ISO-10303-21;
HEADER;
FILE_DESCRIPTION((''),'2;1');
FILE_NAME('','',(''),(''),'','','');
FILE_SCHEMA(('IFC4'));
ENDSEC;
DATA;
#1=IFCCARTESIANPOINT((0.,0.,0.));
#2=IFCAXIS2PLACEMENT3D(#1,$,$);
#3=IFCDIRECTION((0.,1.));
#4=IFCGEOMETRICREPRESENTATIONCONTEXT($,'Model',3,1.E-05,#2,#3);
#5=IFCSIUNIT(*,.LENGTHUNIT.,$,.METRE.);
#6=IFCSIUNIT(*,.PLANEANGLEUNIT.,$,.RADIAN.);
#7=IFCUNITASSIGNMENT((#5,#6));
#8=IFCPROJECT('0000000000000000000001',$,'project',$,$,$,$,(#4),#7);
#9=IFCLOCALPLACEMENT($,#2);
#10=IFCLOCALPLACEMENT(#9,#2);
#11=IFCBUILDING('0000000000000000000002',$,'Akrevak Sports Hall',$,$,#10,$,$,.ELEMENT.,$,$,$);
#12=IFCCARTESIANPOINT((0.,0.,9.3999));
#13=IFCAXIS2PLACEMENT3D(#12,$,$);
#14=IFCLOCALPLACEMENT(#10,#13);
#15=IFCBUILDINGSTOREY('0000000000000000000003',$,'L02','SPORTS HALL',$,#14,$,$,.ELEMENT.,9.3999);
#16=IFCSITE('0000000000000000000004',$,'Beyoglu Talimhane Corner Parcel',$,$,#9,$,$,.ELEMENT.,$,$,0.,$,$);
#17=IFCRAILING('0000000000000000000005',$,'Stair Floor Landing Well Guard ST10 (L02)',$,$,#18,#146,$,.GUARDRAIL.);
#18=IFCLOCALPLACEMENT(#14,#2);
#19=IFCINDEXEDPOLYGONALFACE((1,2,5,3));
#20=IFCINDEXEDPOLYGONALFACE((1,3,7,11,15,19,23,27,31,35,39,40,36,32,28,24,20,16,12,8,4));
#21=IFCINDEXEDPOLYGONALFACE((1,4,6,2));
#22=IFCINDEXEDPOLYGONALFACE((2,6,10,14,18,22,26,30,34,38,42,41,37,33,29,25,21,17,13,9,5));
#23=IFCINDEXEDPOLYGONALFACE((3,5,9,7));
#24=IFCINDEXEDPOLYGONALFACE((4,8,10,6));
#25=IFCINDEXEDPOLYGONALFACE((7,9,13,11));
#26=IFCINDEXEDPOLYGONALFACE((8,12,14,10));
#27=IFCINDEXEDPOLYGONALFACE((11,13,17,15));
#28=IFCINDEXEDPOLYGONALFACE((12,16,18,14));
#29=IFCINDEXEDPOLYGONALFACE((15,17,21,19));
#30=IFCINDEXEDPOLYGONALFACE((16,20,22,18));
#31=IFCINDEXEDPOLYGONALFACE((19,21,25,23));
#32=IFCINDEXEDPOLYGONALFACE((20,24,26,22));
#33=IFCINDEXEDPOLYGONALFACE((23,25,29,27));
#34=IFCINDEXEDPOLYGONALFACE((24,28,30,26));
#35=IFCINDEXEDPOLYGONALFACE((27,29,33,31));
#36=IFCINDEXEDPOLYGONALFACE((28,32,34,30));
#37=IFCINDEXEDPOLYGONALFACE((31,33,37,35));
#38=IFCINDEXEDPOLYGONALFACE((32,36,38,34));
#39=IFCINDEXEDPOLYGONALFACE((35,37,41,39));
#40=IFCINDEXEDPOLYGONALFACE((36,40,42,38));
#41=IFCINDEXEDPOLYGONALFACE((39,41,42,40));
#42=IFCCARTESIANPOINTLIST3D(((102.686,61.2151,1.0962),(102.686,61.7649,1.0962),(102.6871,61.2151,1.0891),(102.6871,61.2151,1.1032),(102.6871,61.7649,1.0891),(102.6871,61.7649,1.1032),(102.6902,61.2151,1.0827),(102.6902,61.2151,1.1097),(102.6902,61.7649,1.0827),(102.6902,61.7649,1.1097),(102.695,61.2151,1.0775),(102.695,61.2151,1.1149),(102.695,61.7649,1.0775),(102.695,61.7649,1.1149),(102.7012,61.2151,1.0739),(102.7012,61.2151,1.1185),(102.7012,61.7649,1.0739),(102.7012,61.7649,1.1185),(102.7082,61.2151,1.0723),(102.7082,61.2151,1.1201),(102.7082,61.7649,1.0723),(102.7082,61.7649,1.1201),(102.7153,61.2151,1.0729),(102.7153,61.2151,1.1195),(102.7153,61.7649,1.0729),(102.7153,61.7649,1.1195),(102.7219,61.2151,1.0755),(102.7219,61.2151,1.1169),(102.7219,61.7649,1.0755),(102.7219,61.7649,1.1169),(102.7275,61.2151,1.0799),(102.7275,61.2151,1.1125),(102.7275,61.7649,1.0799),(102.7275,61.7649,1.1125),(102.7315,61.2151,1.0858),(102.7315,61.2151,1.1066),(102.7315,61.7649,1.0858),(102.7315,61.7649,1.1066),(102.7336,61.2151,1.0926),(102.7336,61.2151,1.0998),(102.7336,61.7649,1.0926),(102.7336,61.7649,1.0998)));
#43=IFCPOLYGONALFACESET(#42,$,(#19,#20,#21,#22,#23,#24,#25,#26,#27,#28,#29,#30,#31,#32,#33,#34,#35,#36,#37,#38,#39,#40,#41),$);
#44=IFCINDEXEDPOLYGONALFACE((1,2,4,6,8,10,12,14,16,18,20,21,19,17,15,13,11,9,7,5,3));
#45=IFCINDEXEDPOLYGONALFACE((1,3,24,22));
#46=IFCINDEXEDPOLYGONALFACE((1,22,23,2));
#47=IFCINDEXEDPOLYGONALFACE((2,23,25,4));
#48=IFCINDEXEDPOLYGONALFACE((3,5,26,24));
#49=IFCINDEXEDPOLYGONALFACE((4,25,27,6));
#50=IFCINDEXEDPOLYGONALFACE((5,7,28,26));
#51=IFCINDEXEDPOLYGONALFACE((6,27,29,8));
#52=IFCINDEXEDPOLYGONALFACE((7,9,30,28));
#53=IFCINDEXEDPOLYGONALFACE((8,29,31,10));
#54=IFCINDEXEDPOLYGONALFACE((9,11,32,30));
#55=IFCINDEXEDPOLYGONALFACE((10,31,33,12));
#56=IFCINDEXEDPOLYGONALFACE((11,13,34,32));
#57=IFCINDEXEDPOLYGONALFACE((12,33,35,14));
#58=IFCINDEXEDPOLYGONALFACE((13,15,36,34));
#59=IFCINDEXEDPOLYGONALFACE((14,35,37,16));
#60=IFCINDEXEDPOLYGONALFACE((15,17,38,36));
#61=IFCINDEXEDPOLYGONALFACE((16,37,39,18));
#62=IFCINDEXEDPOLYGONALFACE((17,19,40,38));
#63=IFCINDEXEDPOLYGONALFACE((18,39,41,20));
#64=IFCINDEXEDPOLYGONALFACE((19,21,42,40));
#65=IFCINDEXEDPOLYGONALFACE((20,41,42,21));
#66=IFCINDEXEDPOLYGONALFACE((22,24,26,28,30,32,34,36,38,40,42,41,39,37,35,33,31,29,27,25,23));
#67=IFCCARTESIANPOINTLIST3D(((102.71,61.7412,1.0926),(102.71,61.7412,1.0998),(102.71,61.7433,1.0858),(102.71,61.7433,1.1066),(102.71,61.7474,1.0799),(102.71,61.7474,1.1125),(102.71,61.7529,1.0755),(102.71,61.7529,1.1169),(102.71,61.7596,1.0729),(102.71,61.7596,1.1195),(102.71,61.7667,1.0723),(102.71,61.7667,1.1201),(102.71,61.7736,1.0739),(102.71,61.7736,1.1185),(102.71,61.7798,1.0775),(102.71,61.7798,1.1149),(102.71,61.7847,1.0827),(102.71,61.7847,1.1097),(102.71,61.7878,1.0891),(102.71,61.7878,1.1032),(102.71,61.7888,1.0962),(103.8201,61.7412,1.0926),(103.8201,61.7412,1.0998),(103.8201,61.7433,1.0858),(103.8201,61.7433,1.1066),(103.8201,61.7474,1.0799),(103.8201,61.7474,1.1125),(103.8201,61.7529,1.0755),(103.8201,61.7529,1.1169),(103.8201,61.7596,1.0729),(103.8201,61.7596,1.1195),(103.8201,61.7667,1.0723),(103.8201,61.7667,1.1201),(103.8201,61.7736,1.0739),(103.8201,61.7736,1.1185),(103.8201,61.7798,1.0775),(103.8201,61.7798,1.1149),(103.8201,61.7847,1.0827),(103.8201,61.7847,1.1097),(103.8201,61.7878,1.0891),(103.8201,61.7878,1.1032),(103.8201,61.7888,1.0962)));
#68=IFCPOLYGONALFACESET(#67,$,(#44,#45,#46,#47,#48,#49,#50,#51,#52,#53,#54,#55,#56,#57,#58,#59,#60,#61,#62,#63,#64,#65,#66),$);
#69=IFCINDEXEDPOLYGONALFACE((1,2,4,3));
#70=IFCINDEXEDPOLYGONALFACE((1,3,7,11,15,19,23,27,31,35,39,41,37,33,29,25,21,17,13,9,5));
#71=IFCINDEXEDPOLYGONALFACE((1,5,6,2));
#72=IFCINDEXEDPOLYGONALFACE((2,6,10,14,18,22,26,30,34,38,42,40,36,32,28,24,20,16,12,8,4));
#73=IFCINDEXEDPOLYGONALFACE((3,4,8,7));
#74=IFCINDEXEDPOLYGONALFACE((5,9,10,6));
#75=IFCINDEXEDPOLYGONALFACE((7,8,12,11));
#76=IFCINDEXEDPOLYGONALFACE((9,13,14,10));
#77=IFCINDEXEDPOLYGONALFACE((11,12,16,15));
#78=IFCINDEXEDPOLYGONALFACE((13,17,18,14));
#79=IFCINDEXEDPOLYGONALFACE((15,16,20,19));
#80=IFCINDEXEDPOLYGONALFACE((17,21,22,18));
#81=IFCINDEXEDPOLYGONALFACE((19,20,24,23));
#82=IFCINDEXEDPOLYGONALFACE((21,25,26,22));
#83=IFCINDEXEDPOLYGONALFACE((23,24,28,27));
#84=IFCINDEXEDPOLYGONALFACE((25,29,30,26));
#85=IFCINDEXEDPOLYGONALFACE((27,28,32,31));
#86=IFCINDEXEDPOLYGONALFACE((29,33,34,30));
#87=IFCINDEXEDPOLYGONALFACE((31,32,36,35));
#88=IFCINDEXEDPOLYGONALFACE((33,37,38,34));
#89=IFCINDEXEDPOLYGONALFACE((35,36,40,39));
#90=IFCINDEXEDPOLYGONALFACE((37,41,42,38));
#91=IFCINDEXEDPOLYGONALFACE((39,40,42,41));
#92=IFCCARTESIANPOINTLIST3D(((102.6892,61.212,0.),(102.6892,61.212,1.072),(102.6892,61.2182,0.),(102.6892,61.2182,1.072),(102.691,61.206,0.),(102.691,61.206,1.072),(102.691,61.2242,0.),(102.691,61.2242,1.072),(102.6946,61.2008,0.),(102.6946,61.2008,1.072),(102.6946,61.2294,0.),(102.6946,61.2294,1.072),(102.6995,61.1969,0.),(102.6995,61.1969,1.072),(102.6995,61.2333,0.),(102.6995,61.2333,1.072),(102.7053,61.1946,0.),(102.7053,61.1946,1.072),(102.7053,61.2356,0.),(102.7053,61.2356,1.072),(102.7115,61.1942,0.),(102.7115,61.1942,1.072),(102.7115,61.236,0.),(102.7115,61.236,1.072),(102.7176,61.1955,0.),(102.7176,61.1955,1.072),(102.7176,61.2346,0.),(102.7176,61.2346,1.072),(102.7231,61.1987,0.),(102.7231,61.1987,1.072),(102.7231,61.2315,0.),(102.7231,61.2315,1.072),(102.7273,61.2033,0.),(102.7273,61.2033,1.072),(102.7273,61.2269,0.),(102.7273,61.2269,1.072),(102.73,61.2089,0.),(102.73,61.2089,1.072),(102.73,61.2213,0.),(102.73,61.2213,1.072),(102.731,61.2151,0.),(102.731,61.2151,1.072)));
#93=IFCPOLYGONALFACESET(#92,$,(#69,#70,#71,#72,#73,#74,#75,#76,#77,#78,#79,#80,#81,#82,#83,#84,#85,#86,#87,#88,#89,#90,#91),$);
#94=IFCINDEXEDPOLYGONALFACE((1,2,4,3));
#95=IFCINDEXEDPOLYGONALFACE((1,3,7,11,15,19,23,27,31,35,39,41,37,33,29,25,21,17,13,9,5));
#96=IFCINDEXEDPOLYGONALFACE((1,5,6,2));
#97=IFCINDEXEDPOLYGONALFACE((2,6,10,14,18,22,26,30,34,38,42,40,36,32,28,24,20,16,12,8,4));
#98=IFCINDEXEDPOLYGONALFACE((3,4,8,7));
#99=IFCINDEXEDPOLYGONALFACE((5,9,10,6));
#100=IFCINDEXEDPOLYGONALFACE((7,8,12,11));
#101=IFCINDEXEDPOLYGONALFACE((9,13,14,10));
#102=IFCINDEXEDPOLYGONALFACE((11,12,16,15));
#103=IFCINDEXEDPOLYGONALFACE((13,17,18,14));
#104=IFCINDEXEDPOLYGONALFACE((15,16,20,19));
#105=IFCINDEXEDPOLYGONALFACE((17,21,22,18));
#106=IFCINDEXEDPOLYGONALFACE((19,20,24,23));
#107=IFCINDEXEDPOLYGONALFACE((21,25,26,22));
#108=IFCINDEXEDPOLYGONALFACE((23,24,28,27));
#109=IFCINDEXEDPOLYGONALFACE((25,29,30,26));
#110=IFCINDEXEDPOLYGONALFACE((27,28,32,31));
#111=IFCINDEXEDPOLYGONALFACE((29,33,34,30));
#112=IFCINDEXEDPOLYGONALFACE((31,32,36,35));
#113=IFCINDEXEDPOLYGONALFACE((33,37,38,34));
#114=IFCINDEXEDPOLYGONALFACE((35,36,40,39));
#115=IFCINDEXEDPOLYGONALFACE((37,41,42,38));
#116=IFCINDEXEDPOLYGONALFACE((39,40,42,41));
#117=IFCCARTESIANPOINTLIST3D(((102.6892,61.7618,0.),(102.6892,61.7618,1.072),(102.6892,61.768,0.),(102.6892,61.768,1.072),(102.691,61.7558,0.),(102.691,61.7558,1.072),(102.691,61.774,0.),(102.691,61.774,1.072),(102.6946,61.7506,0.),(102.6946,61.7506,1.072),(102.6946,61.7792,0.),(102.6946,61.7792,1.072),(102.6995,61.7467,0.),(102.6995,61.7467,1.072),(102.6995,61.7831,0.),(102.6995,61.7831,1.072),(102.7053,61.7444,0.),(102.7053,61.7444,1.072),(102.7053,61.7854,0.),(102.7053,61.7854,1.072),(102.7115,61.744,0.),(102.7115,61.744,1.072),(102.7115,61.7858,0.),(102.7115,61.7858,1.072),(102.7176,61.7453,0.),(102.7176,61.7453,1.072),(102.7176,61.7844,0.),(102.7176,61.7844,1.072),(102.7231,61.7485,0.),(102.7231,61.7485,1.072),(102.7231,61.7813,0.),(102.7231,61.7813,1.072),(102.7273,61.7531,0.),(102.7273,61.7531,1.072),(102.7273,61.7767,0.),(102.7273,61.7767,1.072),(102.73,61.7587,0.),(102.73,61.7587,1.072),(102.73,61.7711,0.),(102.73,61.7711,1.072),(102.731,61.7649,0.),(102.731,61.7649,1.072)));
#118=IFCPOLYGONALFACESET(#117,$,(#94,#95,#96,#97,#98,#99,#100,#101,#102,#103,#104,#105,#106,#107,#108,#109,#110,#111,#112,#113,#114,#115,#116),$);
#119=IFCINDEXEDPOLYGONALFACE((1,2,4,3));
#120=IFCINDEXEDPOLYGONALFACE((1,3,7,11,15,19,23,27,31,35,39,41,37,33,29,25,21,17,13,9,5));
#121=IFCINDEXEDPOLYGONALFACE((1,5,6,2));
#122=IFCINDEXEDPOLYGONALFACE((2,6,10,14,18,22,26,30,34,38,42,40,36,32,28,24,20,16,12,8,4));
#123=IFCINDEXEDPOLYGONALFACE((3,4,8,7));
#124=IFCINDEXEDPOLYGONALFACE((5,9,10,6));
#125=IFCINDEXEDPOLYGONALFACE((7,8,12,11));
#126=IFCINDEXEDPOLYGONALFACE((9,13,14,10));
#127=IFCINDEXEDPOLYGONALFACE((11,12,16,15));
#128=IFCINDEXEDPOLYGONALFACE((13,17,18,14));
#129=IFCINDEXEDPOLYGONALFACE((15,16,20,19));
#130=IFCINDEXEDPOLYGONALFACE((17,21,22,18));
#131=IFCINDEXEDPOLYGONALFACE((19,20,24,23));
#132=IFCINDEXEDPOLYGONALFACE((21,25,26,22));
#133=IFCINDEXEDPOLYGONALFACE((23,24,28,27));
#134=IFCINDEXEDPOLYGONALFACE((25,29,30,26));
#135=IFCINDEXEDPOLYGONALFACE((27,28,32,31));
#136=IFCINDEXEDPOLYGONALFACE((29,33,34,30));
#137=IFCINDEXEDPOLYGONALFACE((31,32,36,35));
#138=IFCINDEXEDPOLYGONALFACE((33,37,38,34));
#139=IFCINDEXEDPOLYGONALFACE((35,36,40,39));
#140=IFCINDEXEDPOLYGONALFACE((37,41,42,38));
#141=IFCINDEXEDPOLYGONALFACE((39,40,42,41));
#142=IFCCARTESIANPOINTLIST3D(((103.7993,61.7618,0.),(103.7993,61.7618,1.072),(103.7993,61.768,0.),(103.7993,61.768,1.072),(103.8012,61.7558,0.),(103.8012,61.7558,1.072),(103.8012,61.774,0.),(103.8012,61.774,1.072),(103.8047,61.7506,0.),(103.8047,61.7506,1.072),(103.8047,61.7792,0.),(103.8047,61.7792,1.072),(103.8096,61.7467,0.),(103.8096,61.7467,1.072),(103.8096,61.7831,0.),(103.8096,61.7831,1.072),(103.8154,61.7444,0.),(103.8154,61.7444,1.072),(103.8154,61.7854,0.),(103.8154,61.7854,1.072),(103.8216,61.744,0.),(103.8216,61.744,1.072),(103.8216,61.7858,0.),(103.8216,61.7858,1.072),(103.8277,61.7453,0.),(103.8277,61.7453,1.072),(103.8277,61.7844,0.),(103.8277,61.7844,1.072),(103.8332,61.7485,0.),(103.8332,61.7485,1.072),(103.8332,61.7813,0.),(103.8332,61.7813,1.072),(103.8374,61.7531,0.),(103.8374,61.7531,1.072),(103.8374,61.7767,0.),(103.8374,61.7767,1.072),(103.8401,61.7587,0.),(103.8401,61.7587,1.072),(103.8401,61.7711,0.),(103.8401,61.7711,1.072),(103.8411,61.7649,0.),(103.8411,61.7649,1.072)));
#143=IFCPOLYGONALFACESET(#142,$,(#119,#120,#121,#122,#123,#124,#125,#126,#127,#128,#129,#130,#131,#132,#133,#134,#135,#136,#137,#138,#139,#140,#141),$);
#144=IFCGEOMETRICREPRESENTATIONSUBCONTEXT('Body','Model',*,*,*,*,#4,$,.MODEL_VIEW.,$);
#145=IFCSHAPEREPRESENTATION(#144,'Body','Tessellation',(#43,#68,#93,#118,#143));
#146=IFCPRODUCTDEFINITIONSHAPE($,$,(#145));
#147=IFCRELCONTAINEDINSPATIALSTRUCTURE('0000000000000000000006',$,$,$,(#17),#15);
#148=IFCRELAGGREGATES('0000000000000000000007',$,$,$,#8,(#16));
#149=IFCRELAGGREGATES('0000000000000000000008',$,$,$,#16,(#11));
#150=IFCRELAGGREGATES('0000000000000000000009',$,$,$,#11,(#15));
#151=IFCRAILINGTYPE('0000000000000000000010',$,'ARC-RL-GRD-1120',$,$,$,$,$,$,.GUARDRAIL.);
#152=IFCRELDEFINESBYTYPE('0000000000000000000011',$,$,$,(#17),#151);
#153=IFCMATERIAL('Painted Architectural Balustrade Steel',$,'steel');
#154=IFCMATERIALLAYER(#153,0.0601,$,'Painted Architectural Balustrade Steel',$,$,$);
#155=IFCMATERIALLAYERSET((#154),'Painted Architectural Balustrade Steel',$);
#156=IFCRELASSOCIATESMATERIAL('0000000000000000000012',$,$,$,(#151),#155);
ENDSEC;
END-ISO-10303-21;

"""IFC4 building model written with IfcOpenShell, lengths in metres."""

from ifc_helpers import new_model, si_unit, direction, frame, origin, origin_2d, place, context, subcontext, project, spatial, circle, extrude, material, layer, layer_set, type_object, element, save


model = new_model("IFC4")

# Units and contexts
model_context = context("Model", 3, precision=1e-05, world=origin(), true_north=direction((0.0, 1.0)))
body_context = subcontext(model_context, "Body", "Model", "MODEL_VIEW")
ifc_project = project(units=[si_unit("LENGTHUNIT", "METRE"), si_unit("PLANEANGLEUNIT", "RADIAN")], contexts=[model_context])

# Site, building, storey
site_placement = place(None, origin())
site = spatial("IfcSite", under=ifc_project, at=site_placement, Name="Beyoglu Talimhane Corner Parcel", CompositionType="ELEMENT", RefElevation=0.0)
building_placement = place(site_placement, origin())
building = spatial("IfcBuilding", under=site, at=building_placement, Name="Akrevak Sports Hall", CompositionType="ELEMENT")
storey_placement = place(building_placement, frame((0.0, 0.0, 9.3999)))
storey = spatial("IfcBuildingStorey", under=building, at=storey_placement, Name="L02", Description="SPORTS HALL", CompositionType="ELEMENT", Elevation=9.3999)

# Railing
ifc_material_1 = material(Name="Painted Architectural Balustrade Steel", Category="steel")
ifc_layer_1 = layer(ifc_material_1, 0.0601, Name="Painted Architectural Balustrade Steel")
ifc_layer_set_1 = layer_set([ifc_layer_1], Name="Painted Architectural Balustrade Steel")
railing_type_1 = type_object("IfcRailingType", Name="ARC-RL-GRD-1120", PredefinedType="GUARDRAIL", material=ifc_layer_set_1)
railing_1_placement = place(storey_placement, frame((102.71, 61.2151, 0.0)))
element("IfcRailing", 1, at=railing_1_placement, inside=storey, type_object=railing_type_1, Name="Stair Floor Landing Well Guard ST10 (L02)", PredefinedType="GUARDRAIL", context=body_context, shape_type="SweptSolid", body=[
    extrude(circle(Radius=0.0239, at=origin_2d()), frame((0.0, 0.0, 1.0962), z_axis=(0.0, 1.0, 0.0), x_axis=(-1.0, 0.0, 0.0)), (0.0, 0.0, 1.0), 0.5498),
    extrude(circle(Radius=0.0239, at=origin_2d()), frame((0.0, 0.5498, 1.0962), z_axis=(1.0, 0.0, 0.0), x_axis=(0.0, 1.0, 0.0)), (0.0, 0.0, 1.0), 1.1101),
    extrude(circle(Radius=0.021, at=origin_2d()), origin(), (0.0, 0.0, 1.0), 1.072),
    extrude(circle(Radius=0.021, at=origin_2d()), frame((0.0, 0.5498, 0.0)), (0.0, 0.0, 1.0), 1.072),
    extrude(circle(Radius=0.021, at=origin_2d()), frame((1.1101, 0.5498, 0.0)), (0.0, 0.0, 1.0), 1.072),
])

save(model, "model.ifc")
